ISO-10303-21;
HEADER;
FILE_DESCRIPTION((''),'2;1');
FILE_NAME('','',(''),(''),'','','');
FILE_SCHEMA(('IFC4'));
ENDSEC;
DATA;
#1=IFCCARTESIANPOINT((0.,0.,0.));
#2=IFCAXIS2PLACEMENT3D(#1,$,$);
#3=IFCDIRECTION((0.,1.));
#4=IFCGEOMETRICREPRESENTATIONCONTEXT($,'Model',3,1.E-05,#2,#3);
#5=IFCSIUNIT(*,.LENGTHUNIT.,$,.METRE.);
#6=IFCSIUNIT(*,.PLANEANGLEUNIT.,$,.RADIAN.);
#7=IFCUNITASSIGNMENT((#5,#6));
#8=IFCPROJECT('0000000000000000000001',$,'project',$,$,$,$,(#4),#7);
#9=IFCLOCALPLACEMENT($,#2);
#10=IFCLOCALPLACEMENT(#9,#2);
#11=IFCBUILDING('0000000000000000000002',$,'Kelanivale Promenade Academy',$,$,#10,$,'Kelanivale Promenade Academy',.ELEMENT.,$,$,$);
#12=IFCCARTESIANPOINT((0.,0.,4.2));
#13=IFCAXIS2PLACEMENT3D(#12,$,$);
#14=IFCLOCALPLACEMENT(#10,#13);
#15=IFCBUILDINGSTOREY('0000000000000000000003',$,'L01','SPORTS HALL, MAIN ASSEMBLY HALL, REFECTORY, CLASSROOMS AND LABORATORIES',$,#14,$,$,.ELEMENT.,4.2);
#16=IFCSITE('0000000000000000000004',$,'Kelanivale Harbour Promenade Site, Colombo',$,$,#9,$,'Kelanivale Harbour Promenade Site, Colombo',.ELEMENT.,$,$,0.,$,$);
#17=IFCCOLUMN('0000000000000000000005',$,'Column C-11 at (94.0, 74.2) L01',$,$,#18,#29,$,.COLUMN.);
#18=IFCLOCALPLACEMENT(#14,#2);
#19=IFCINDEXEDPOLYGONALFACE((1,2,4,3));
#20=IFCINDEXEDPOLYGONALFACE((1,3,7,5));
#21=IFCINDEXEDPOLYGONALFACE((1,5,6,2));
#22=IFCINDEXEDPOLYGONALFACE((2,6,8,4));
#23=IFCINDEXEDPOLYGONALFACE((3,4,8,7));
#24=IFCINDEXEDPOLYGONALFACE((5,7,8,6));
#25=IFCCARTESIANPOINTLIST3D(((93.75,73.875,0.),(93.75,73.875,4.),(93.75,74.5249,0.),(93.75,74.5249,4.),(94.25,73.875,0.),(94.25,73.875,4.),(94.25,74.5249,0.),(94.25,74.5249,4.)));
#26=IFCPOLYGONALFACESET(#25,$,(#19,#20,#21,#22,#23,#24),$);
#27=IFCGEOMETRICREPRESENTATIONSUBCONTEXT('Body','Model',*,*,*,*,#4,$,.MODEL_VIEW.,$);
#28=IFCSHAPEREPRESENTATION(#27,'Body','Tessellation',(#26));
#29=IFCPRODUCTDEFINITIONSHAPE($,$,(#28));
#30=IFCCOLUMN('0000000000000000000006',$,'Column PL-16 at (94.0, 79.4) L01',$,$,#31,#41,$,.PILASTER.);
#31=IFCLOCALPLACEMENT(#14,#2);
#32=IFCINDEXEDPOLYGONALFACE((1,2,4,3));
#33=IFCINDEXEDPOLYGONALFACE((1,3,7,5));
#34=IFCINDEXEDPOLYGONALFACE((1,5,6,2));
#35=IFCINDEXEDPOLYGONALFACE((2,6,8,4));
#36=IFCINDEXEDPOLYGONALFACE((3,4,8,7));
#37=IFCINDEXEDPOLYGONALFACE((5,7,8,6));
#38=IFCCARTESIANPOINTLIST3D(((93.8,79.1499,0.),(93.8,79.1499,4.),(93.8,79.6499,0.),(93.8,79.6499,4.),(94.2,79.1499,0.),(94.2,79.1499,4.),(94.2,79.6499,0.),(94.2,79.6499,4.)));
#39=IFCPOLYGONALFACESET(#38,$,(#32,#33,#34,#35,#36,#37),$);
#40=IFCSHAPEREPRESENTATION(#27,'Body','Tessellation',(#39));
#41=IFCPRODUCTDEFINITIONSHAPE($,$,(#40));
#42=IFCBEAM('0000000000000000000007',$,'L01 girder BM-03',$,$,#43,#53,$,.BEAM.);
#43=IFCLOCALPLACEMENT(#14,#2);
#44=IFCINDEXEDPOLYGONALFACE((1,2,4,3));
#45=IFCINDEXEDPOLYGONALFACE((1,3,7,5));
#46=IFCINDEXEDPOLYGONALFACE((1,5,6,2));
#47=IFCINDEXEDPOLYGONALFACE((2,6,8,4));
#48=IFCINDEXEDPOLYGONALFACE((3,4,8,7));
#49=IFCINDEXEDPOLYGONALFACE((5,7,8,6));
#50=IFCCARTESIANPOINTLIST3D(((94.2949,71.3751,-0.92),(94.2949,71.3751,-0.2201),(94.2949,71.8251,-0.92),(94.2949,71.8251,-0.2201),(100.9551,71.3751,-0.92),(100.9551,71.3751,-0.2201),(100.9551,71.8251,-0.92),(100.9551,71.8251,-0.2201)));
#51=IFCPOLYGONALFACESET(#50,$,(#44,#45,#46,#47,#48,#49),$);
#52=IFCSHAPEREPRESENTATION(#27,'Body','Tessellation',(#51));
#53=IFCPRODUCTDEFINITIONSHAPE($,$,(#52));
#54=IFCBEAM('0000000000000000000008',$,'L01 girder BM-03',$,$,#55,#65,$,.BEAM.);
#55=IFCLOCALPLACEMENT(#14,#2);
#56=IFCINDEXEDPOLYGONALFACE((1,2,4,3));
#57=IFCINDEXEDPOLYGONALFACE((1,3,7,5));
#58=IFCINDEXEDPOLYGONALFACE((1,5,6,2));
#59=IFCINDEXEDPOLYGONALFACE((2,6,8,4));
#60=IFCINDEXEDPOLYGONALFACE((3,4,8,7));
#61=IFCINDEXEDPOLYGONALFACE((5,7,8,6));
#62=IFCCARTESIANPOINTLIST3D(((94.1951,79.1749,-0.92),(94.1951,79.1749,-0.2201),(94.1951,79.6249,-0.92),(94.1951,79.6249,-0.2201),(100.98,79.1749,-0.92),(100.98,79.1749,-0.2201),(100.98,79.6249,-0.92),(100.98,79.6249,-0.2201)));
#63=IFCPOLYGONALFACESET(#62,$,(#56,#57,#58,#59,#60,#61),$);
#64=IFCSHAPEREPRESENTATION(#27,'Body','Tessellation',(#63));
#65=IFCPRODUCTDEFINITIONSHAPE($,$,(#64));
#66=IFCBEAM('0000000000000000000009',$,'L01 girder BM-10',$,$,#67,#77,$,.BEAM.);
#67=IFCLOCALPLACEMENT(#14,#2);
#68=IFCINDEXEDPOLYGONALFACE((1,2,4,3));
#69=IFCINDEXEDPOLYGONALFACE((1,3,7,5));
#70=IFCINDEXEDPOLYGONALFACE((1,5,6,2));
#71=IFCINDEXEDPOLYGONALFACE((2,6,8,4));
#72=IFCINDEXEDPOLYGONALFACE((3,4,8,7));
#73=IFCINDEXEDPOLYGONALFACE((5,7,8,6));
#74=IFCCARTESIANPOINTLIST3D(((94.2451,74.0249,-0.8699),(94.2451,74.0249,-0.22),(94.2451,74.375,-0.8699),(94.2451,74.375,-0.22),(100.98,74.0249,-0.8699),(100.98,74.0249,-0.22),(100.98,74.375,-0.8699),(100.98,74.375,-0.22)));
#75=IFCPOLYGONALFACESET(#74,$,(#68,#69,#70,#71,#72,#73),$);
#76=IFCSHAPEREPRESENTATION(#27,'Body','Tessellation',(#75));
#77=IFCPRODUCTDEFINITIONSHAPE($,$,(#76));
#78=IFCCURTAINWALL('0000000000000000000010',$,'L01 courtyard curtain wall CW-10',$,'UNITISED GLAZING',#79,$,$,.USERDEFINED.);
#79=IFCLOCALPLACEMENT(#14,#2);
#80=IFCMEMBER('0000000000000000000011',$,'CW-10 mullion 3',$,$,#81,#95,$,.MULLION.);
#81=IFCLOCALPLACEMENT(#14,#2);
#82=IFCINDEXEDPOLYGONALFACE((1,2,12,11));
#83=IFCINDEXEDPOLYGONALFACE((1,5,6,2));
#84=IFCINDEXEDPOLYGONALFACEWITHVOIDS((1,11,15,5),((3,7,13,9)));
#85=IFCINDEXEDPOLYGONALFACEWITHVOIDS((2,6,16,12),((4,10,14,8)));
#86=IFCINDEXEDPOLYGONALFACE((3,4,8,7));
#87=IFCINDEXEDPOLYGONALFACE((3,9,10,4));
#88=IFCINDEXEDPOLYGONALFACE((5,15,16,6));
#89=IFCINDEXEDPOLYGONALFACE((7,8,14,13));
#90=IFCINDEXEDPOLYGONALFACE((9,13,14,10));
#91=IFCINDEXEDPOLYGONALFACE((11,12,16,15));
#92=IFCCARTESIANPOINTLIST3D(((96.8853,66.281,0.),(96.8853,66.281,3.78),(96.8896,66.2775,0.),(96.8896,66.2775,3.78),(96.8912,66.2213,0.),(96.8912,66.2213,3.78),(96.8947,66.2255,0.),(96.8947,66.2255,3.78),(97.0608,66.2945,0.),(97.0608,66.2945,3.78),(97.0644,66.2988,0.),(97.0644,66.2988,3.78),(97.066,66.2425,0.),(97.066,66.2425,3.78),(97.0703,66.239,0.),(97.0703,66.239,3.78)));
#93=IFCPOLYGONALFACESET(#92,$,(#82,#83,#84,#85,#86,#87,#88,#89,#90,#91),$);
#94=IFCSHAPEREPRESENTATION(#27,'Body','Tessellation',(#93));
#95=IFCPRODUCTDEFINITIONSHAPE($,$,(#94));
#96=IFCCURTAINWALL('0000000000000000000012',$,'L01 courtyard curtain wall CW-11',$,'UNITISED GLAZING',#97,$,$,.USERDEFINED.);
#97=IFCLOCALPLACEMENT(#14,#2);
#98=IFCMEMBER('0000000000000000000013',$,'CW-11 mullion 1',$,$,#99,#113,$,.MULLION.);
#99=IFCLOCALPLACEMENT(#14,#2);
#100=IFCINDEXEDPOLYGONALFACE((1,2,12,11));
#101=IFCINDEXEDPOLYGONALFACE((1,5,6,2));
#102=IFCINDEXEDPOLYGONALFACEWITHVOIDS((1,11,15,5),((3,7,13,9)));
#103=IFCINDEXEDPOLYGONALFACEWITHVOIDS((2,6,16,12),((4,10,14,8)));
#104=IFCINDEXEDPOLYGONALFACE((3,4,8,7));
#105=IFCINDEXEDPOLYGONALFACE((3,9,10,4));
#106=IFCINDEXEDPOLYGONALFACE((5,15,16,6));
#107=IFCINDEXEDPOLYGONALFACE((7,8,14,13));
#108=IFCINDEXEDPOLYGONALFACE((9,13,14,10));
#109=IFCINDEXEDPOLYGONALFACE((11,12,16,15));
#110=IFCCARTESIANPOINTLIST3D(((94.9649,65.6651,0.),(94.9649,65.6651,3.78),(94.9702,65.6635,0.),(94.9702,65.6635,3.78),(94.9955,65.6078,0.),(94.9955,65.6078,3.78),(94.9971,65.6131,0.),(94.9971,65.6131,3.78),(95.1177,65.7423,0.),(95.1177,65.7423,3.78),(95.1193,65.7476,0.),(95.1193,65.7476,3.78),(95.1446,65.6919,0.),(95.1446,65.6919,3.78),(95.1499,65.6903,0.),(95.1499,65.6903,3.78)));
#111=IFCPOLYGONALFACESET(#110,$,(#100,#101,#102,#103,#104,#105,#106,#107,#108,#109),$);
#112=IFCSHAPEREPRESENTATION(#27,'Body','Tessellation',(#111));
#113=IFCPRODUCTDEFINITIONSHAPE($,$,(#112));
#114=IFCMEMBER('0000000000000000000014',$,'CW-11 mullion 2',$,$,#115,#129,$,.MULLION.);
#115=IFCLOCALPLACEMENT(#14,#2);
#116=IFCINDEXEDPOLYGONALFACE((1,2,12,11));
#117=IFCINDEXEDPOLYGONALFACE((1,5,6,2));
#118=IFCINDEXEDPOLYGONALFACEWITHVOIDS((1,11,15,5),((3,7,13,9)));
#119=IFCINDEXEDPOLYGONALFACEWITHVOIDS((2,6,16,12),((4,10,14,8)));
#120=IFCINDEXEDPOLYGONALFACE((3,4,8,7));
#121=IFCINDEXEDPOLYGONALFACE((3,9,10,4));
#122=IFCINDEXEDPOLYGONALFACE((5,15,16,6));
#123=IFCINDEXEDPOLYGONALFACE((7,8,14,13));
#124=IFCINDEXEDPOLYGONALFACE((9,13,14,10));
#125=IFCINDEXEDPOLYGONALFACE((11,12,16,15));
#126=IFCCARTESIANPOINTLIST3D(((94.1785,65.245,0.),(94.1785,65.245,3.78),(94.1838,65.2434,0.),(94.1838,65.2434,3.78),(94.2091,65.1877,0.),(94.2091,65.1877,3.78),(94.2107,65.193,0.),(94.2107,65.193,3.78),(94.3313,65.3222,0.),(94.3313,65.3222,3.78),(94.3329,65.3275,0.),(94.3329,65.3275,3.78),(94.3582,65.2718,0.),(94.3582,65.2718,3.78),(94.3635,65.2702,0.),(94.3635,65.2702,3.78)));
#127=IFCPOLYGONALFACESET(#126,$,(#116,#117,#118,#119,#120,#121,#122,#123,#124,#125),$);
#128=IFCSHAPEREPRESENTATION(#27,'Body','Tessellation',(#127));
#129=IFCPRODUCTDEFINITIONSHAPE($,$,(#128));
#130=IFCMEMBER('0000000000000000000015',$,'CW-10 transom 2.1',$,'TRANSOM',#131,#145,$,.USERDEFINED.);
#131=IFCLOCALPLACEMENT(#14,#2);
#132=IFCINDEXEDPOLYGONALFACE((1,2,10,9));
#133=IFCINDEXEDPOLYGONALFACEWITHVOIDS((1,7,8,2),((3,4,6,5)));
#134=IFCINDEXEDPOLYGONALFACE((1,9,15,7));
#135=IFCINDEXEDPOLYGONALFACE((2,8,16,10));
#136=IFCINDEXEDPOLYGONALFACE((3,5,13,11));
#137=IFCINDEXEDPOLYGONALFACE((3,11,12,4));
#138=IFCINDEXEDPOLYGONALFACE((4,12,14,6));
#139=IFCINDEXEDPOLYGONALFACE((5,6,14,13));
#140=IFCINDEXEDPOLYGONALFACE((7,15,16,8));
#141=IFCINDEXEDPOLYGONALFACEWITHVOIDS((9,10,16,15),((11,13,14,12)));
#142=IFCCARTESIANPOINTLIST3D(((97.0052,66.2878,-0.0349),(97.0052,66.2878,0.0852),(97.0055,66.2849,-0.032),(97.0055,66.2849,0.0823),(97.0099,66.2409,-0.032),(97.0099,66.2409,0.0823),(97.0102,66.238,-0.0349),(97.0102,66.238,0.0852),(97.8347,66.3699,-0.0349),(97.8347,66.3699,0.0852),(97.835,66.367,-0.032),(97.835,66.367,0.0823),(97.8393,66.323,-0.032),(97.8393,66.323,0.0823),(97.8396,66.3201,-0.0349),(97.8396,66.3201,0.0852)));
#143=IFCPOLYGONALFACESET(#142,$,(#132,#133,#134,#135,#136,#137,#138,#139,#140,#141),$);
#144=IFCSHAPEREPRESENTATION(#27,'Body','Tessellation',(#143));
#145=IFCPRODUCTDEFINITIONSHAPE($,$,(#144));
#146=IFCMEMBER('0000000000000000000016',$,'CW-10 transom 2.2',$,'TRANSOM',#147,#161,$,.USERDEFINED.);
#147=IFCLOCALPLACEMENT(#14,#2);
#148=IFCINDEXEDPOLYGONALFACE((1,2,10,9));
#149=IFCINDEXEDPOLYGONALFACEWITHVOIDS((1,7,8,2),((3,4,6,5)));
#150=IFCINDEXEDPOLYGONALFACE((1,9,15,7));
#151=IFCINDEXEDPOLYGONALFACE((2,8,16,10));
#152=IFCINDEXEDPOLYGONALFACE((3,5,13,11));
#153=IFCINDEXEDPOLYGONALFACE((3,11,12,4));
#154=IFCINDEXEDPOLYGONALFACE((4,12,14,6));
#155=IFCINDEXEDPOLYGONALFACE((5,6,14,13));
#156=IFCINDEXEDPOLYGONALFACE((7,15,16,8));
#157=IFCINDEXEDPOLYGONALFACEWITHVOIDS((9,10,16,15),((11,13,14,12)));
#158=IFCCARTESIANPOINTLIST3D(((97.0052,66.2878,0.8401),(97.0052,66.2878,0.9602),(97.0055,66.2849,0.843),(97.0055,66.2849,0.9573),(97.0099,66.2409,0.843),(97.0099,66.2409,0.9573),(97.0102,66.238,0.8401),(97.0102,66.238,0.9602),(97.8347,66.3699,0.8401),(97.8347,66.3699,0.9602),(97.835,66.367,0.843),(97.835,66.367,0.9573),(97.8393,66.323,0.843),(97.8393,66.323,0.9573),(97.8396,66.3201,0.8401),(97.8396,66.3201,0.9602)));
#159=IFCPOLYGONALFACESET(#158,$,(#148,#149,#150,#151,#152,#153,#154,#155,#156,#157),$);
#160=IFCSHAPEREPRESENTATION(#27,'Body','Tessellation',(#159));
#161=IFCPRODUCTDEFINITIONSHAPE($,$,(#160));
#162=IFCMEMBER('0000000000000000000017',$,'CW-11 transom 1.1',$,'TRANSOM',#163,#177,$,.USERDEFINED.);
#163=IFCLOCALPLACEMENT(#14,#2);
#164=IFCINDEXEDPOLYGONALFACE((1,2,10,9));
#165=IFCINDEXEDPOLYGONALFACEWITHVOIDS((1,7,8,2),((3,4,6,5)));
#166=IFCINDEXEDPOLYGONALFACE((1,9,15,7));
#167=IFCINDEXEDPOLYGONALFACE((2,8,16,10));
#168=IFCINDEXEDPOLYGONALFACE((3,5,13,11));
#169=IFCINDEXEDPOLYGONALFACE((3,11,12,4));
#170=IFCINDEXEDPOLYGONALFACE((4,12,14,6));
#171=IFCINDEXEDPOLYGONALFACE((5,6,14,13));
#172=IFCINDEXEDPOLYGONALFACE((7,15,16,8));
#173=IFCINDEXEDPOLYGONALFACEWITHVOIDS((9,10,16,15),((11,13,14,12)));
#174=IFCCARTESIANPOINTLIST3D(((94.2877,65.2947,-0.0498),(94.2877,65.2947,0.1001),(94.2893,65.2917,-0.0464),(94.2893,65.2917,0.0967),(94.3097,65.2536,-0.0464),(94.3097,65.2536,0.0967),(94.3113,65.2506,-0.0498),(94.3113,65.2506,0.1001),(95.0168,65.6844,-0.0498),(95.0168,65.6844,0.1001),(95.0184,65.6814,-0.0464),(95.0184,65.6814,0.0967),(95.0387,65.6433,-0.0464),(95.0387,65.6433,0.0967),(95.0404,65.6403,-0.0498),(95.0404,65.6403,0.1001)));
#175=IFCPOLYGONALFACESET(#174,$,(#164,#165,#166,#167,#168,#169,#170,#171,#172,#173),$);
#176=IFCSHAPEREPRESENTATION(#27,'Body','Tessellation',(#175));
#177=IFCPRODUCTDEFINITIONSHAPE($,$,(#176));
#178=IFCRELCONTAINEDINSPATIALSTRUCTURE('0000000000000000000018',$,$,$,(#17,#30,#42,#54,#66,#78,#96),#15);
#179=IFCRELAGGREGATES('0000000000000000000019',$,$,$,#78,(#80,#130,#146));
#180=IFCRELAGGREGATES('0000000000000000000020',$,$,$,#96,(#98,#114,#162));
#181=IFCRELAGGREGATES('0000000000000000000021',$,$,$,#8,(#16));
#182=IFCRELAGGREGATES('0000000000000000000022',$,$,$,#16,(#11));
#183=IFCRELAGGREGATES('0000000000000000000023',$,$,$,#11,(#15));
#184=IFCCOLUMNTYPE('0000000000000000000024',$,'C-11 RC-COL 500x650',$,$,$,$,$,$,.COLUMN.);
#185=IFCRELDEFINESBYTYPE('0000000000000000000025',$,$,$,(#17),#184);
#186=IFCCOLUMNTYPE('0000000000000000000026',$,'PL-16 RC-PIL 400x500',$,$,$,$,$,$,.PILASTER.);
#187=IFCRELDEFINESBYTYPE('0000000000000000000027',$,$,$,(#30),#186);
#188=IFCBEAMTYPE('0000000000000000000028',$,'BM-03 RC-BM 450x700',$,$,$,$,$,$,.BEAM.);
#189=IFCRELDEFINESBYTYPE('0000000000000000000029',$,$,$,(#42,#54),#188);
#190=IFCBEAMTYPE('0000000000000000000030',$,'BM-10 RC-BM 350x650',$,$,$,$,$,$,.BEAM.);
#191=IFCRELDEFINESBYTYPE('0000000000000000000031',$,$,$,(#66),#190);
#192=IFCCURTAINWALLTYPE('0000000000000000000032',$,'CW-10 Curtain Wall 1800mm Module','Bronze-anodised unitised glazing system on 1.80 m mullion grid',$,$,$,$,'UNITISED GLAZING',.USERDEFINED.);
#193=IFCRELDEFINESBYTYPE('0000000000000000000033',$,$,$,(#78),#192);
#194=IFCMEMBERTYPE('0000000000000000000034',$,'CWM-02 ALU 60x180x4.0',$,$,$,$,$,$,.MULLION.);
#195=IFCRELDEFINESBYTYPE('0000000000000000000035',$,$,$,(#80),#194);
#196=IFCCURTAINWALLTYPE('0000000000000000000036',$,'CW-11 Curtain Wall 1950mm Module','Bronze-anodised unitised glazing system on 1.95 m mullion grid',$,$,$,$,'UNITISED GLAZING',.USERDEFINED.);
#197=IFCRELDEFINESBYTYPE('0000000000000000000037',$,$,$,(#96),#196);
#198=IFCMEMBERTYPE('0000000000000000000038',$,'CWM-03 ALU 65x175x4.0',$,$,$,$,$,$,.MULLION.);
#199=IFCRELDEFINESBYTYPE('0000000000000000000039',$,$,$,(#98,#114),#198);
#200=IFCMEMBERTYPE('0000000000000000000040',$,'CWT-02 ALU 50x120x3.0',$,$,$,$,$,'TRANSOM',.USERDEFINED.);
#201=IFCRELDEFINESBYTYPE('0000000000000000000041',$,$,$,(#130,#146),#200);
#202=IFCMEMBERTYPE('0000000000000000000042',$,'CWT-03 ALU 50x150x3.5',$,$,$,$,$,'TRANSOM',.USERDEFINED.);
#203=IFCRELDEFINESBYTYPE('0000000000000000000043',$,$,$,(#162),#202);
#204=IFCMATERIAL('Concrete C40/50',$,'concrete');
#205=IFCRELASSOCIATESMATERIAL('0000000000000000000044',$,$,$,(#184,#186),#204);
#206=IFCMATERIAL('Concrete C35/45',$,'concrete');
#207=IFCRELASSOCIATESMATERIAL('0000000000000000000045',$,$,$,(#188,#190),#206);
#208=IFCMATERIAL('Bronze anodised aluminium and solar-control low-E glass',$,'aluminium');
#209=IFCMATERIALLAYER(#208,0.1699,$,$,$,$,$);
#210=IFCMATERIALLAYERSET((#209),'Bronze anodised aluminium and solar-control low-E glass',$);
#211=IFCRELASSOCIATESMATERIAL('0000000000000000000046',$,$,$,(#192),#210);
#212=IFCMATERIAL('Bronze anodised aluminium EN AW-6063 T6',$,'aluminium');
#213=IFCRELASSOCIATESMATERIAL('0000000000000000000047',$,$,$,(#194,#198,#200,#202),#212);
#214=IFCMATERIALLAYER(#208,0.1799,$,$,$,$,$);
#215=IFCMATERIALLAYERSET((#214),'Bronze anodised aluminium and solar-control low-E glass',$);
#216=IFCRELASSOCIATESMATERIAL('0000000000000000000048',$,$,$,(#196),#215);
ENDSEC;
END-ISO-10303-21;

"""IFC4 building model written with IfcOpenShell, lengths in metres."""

from ifc_helpers import new_model, si_unit, direction, frame, origin, origin_2d, place, context, subcontext, project, spatial, rectangle, hollow_rectangle, extrude, material, layer, layer_set, material_profile, profile_set, type_object, element, aggregate, save


model = new_model("IFC4")

# Units and contexts
model_context = context("Model", 3, precision=1e-05, world=origin(), true_north=direction((0.0, 1.0)))
body_context = subcontext(model_context, "Body", "Model", "MODEL_VIEW")
ifc_project = project(units=[si_unit("LENGTHUNIT", "METRE"), si_unit("PLANEANGLEUNIT", "RADIAN")], contexts=[model_context])

# Site, building, storey
site_placement = place(None, origin())
site = spatial("IfcSite", under=ifc_project, at=site_placement, Name="Kelanivale Harbour Promenade Site, Colombo", LongName="Kelanivale Harbour Promenade Site, Colombo", CompositionType="ELEMENT", RefElevation=0.0)
building_placement = place(site_placement, origin())
building = spatial("IfcBuilding", under=site, at=building_placement, Name="Kelanivale Promenade Academy", LongName="Kelanivale Promenade Academy", CompositionType="ELEMENT")
storey_placement = place(building_placement, frame((0.0, 0.0, 4.2)))
storey = spatial("IfcBuildingStorey", under=building, at=storey_placement, Name="L01", Description="SPORTS HALL, MAIN ASSEMBLY HALL, REFECTORY, CLASSROOMS AND LABORATORIES", CompositionType="ELEMENT", Elevation=4.2)

# Columns
ifc_material_1 = material(Name="Concrete C40/50", Category="concrete")
ifc_material_profile_1 = material_profile(ifc_material_1, rectangle(XDim=0.5, YDim=0.6499, at=origin_2d()), Name="RC-COL 500x650")
ifc_profile_set_1 = profile_set([ifc_material_profile_1], Name="Concrete C40/50")
column_type_1 = type_object("IfcColumnType", Name="C-11 RC-COL 500x650", PredefinedType="COLUMN", material=ifc_profile_set_1)
column_1_placement = place(storey_placement, frame((94.0, 74.2, 0.0), z_axis=(0.0, 0.0, 1.0), x_axis=(1.0, 0.0, 0.0)))
element("IfcColumn", 1, at=column_1_placement, inside=storey, type_object=column_type_1, Name="Column C-11 at (94.0, 74.2) L01", PredefinedType="COLUMN", context=body_context, shape_type="SweptSolid", body=[
    extrude(rectangle(XDim=0.5, YDim=0.6499, at=origin_2d()), origin(), (0.0, 0.0, 1.0), 4.0),
])
ifc_material_profile_2 = material_profile(ifc_material_1, rectangle(XDim=0.3999, YDim=0.5, at=origin_2d()), Name="RC-PIL 400x500")
ifc_profile_set_2 = profile_set([ifc_material_profile_2], Name="Concrete C40/50")
column_type_2 = type_object("IfcColumnType", Name="PL-16 RC-PIL 400x500", PredefinedType="PILASTER", material=ifc_profile_set_2)
column_2_placement = place(storey_placement, frame((94.0, 79.3999, 0.0), z_axis=(0.0, 0.0, 1.0), x_axis=(1.0, 0.0, 0.0)))
element("IfcColumn", 2, at=column_2_placement, inside=storey, type_object=column_type_2, Name="Column PL-16 at (94.0, 79.4) L01", PredefinedType="PILASTER", context=body_context, shape_type="SweptSolid", body=[
    extrude(rectangle(XDim=0.3999, YDim=0.5, at=origin_2d()), origin(), (0.0, 0.0, 1.0), 4.0),
])

# Beams
ifc_material_2 = material(Name="Concrete C35/45", Category="concrete")
ifc_material_profile_3 = material_profile(ifc_material_2, rectangle(XDim=0.45, YDim=0.7, at=origin_2d()), Name="RC-BM 450x700")
ifc_profile_set_3 = profile_set([ifc_material_profile_3], Name="Concrete C35/45")
beam_type_1 = type_object("IfcBeamType", Name="BM-03 RC-BM 450x700", PredefinedType="BEAM", material=ifc_profile_set_3)
beam_1_placement = place(storey_placement, frame((94.2949, 71.6001, -0.5701), z_axis=(1.0, 0.0, 0.0), x_axis=(0.0, 1.0, 0.0)))
element("IfcBeam", 3, at=beam_1_placement, inside=storey, type_object=beam_type_1, Name="L01 girder BM-03", PredefinedType="BEAM", context=body_context, shape_type="SweptSolid", body=[
    extrude(rectangle(XDim=0.45, YDim=0.7, at=origin_2d()), origin(), (0.0, 0.0, 1.0), 6.6602),
])
beam_2_placement = place(storey_placement, frame((94.1951, 79.3999, -0.5701), z_axis=(1.0, 0.0, 0.0), x_axis=(0.0, 1.0, 0.0)))
element("IfcBeam", 4, at=beam_2_placement, inside=storey, type_object=beam_type_1, Name="L01 girder BM-03", PredefinedType="BEAM", context=body_context, shape_type="SweptSolid", body=[
    extrude(rectangle(XDim=0.45, YDim=0.7, at=origin_2d()), origin(), (0.0, 0.0, 1.0), 6.7849),
])
ifc_material_profile_4 = material_profile(ifc_material_2, rectangle(XDim=0.3501, YDim=0.6499, at=origin_2d()), Name="RC-BM 350x650")
ifc_profile_set_4 = profile_set([ifc_material_profile_4], Name="Concrete C35/45")
beam_type_2 = type_object("IfcBeamType", Name="BM-10 RC-BM 350x650", PredefinedType="BEAM", material=ifc_profile_set_4)
beam_3_placement = place(storey_placement, frame((94.2451, 74.2, -0.5449), z_axis=(1.0, 0.0, 0.0), x_axis=(0.0, 1.0, 0.0)))
element("IfcBeam", 5, at=beam_3_placement, inside=storey, type_object=beam_type_2, Name="L01 girder BM-10", PredefinedType="BEAM", context=body_context, shape_type="SweptSolid", body=[
    extrude(rectangle(XDim=0.3501, YDim=0.6499, at=origin_2d()), origin(), (0.0, 0.0, 1.0), 6.7349),
])

# Curtain wall, member
ifc_material_3 = material(Name="Bronze anodised aluminium and solar-control low-E glass", Category="aluminium")
ifc_layer_1 = layer(ifc_material_3, 0.1699)
ifc_layer_set_1 = layer_set([ifc_layer_1], Name="Bronze anodised aluminium and solar-control low-E glass")
curtain_wall_type_1 = type_object("IfcCurtainWallType", Name="CW-10 Curtain Wall 1800mm Module", Description="Bronze-anodised unitised glazing system on 1.80 m mullion grid", ElementType="UNITISED GLAZING", PredefinedType="USERDEFINED", material=ifc_layer_set_1)
curtain_wall_1_placement = place(storey_placement, origin())
curtain_wall_1 = element("IfcCurtainWall", 6, at=curtain_wall_1_placement, inside=storey, type_object=curtain_wall_type_1, Name="L01 courtyard curtain wall CW-10", ObjectType="UNITISED GLAZING", PredefinedType="USERDEFINED")
ifc_material_4 = material(Name="Bronze anodised aluminium EN AW-6063 T6", Category="aluminium")
ifc_material_profile_5 = material_profile(ifc_material_4, hollow_rectangle(XDim=0.0601, YDim=0.1799, WallThickness=0.0039, at=origin_2d()), Name="ALU 60x180x4.0")
ifc_profile_set_5 = profile_set([ifc_material_profile_5], Name="Bronze anodised aluminium EN AW-6063 T6")
member_type_1 = type_object("IfcMemberType", Name="CWM-02 ALU 60x180x4.0", PredefinedType="MULLION", material=ifc_profile_set_5)
member_1_placement = place(storey_placement, frame((96.9778, 66.26, 0.0), z_axis=(0.0, 0.0, 1.0), x_axis=(0.098539, -0.995133, 0.0)))
member_1 = element("IfcMember", 7, at=member_1_placement, type_object=member_type_1, Name="CW-10 mullion 3", PredefinedType="MULLION", context=body_context, shape_type="SweptSolid", body=[
    extrude(hollow_rectangle(XDim=0.0601, YDim=0.1799, WallThickness=0.0039, at=origin_2d()), origin(), (0.0, 0.0, 1.0), 3.78),
])

# Curtain wall, members
ifc_layer_2 = layer(ifc_material_3, 0.1799)
ifc_layer_set_2 = layer_set([ifc_layer_2], Name="Bronze anodised aluminium and solar-control low-E glass")
curtain_wall_type_2 = type_object("IfcCurtainWallType", Name="CW-11 Curtain Wall 1950mm Module", Description="Bronze-anodised unitised glazing system on 1.95 m mullion grid", ElementType="UNITISED GLAZING", PredefinedType="USERDEFINED", material=ifc_layer_set_2)
curtain_wall_2_placement = place(storey_placement, origin())
curtain_wall_2 = element("IfcCurtainWall", 8, at=curtain_wall_2_placement, inside=storey, type_object=curtain_wall_type_2, Name="L01 courtyard curtain wall CW-11", ObjectType="UNITISED GLAZING", PredefinedType="USERDEFINED")
ifc_material_profile_6 = material_profile(ifc_material_4, hollow_rectangle(XDim=0.0649, YDim=0.175, WallThickness=0.0039, at=origin_2d()), Name="ALU 65x175x4.0")
ifc_profile_set_6 = profile_set([ifc_material_profile_6], Name="Bronze anodised aluminium EN AW-6063 T6")
member_type_2 = type_object("IfcMemberType", Name="CWM-03 ALU 65x175x4.0", PredefinedType="MULLION", material=ifc_profile_set_6)
member_2_placement = place(storey_placement, frame((95.0574, 65.6777, 0.0), z_axis=(0.0, 0.0, 1.0), x_axis=(0.47129, -0.881978, 0.0)))
member_2 = element("IfcMember", 9, at=member_2_placement, type_object=member_type_2, Name="CW-11 mullion 1", PredefinedType="MULLION", context=body_context, shape_type="SweptSolid", body=[
    extrude(hollow_rectangle(XDim=0.0649, YDim=0.175, WallThickness=0.0039, at=origin_2d()), origin(), (0.0, 0.0, 1.0), 3.78),
])
member_3_placement = place(storey_placement, frame((94.271, 65.2576, 0.0), z_axis=(0.0, 0.0, 1.0), x_axis=(0.47129, -0.881978, 0.0)))
member_3 = element("IfcMember", 10, at=member_3_placement, type_object=member_type_2, Name="CW-11 mullion 2", PredefinedType="MULLION", context=body_context, shape_type="SweptSolid", body=[
    extrude(hollow_rectangle(XDim=0.0649, YDim=0.175, WallThickness=0.0039, at=origin_2d()), origin(), (0.0, 0.0, 1.0), 3.78),
])

# Members
ifc_material_profile_7 = material_profile(ifc_material_4, hollow_rectangle(XDim=0.05, YDim=0.1201, WallThickness=0.0029, at=origin_2d()), Name="ALU 50x120x3.0")
ifc_profile_set_7 = profile_set([ifc_material_profile_7], Name="Bronze anodised aluminium EN AW-6063 T6")
member_type_3 = type_object("IfcMemberType", Name="CWT-02 ALU 50x120x3.0", ElementType="TRANSOM", PredefinedType="USERDEFINED", material=ifc_profile_set_7)
member_4_placement = place(storey_placement, frame((97.8372, 66.345, 0.0251), z_axis=(-0.995144, -0.09843, 0.0), x_axis=(0.09843, -0.995144, 0.0)))
member_4 = element("IfcMember", 11, at=member_4_placement, type_object=member_type_3, Name="CW-10 transom 2.1", ObjectType="TRANSOM", PredefinedType="USERDEFINED", context=body_context, shape_type="SweptSolid", body=[
    extrude(hollow_rectangle(XDim=0.05, YDim=0.1201, WallThickness=0.0029, at=origin_2d()), origin(), (0.0, 0.0, 1.0), 0.8335),
])
member_5_placement = place(storey_placement, frame((97.8372, 66.345, 0.9001), z_axis=(-0.995144, -0.09843, 0.0), x_axis=(0.09843, -0.995144, 0.0)))
member_5 = element("IfcMember", 12, at=member_5_placement, type_object=member_type_3, Name="CW-10 transom 2.2", ObjectType="TRANSOM", PredefinedType="USERDEFINED", context=body_context, shape_type="SweptSolid", body=[
    extrude(hollow_rectangle(XDim=0.05, YDim=0.1201, WallThickness=0.0029, at=origin_2d()), origin(), (0.0, 0.0, 1.0), 0.8335),
])
ifc_material_profile_8 = material_profile(ifc_material_4, hollow_rectangle(XDim=0.05, YDim=0.1499, WallThickness=0.0034, at=origin_2d()), Name="ALU 50x150x3.5")
ifc_profile_set_8 = profile_set([ifc_material_profile_8], Name="Bronze anodised aluminium EN AW-6063 T6")
member_type_4 = type_object("IfcMemberType", Name="CWT-03 ALU 50x150x3.5", ElementType="TRANSOM", PredefinedType="USERDEFINED", material=ifc_profile_set_8)
member_6_placement = place(storey_placement, frame((95.0286, 65.6624, 0.0251), z_axis=(-0.881927, -0.471385, 0.0), x_axis=(0.471385, -0.881927, 0.0)))
member_6 = element("IfcMember", 13, at=member_6_placement, type_object=member_type_4, Name="CW-11 transom 1.1", ObjectType="TRANSOM", PredefinedType="USERDEFINED", context=body_context, shape_type="SweptSolid", body=[
    extrude(hollow_rectangle(XDim=0.05, YDim=0.1499, WallThickness=0.0034, at=origin_2d()), origin(), (0.0, 0.0, 1.0), 0.8267),
])

aggregate(curtain_wall_1, [member_1, member_4, member_5])
aggregate(curtain_wall_2, [member_2, member_3, member_6])

save(model, "model.ifc")
